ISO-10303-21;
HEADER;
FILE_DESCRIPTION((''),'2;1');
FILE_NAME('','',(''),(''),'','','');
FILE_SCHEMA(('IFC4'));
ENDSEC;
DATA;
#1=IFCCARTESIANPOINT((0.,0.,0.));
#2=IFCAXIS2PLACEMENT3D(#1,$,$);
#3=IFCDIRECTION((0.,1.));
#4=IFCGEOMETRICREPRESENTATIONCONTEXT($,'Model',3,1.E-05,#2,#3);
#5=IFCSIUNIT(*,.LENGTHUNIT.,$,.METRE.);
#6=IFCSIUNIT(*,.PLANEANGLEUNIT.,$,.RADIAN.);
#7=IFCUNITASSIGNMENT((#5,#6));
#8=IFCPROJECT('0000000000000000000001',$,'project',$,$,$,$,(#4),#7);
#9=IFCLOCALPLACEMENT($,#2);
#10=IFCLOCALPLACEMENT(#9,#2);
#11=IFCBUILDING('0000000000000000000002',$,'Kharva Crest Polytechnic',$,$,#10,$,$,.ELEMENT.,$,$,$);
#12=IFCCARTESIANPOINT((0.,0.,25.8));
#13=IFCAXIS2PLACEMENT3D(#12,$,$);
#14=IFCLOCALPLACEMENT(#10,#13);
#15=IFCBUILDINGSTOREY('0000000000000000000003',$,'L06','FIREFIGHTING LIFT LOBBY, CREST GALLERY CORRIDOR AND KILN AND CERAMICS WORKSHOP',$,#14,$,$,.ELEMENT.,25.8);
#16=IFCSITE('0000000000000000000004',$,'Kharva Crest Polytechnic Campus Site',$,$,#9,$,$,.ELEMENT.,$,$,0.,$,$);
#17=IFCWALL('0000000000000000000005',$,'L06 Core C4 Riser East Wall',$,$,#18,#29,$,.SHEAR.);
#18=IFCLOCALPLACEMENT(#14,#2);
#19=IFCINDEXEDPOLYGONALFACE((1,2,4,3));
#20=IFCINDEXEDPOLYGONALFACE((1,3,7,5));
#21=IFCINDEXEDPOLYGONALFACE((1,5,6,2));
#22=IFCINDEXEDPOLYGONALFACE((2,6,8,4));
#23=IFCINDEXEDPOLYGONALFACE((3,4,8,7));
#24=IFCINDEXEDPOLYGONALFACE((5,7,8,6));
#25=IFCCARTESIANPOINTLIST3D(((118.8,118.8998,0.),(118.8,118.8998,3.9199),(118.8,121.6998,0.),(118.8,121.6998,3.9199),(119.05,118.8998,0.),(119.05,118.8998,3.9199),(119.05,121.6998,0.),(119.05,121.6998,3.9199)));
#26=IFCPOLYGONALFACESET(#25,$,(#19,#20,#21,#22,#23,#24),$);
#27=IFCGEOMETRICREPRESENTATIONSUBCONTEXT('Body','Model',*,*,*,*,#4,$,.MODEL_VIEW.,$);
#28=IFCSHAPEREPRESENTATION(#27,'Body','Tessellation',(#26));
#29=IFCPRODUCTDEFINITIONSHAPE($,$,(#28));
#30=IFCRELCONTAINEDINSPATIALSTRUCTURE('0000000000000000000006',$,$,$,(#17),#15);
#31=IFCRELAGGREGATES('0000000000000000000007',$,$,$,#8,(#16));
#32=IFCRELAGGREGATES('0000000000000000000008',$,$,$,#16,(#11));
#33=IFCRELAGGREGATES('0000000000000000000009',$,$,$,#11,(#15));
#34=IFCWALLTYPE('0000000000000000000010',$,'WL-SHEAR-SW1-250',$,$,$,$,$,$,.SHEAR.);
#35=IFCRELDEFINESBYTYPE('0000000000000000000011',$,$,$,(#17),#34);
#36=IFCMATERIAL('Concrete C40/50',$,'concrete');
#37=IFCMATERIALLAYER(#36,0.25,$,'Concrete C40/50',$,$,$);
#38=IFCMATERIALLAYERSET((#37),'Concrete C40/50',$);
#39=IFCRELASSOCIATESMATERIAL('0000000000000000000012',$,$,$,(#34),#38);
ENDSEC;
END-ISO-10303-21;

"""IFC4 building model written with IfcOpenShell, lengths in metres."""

from ifc_helpers import new_model, si_unit, direction, frame, frame_2d, origin, place, context, subcontext, project, spatial, rectangle, extrude, material, layer, layer_set, type_object, element, save


model = new_model("IFC4")

# Units and contexts
model_context = context("Model", 3, precision=1e-05, world=origin(), true_north=direction((0.0, 1.0)))
body_context = subcontext(model_context, "Body", "Model", "MODEL_VIEW")
ifc_project = project(units=[si_unit("LENGTHUNIT", "METRE"), si_unit("PLANEANGLEUNIT", "RADIAN")], contexts=[model_context])

# Site, building, storey
site_placement = place(None, origin())
site = spatial("IfcSite", under=ifc_project, at=site_placement, Name="Kharva Crest Polytechnic Campus Site", CompositionType="ELEMENT", RefElevation=0.0)
building_placement = place(site_placement, origin())
building = spatial("IfcBuilding", under=site, at=building_placement, Name="Kharva Crest Polytechnic", CompositionType="ELEMENT")
storey_placement = place(building_placement, frame((0.0, 0.0, 25.8)))
storey = spatial("IfcBuildingStorey", under=building, at=storey_placement, Name="L06", Description="FIREFIGHTING LIFT LOBBY, CREST GALLERY CORRIDOR AND KILN AND CERAMICS WORKSHOP", CompositionType="ELEMENT", Elevation=25.8)

# Shared definitions
ifc_material_1 = material(Name="Concrete C40/50", Category="concrete")

# Shared definitions
ifc_layer_1 = layer(ifc_material_1, 0.25, Name="Concrete C40/50")
ifc_layer_set_1 = layer_set([ifc_layer_1], Name="Concrete C40/50")
wall_type_1 = type_object("IfcWallType", Name="WL-SHEAR-SW1-250", PredefinedType="SHEAR", material=ifc_layer_set_1)

# Wall
for number, where, z_axis, x_axis, name in (
    (1, (118.925, 118.8999, 0.0), (0.0, 0.0, 1.0), (0.0, 1.0, 0.0), "L06 Core C4 Riser East Wall"),
):
    element("IfcWall", number, at=place(storey_placement, frame(where, z_axis=z_axis, x_axis=x_axis)), inside=storey, type_object=wall_type_1, Name=name, PredefinedType="SHEAR", context=body_context, shape_type="SweptSolid", body=[
        extrude(rectangle(XDim=2.8, YDim=0.25, at=frame_2d((1.3999, 0.0))), origin(), (0.0, 0.0, 1.0), 3.9199),
    ])

save(model, "model.ifc")
